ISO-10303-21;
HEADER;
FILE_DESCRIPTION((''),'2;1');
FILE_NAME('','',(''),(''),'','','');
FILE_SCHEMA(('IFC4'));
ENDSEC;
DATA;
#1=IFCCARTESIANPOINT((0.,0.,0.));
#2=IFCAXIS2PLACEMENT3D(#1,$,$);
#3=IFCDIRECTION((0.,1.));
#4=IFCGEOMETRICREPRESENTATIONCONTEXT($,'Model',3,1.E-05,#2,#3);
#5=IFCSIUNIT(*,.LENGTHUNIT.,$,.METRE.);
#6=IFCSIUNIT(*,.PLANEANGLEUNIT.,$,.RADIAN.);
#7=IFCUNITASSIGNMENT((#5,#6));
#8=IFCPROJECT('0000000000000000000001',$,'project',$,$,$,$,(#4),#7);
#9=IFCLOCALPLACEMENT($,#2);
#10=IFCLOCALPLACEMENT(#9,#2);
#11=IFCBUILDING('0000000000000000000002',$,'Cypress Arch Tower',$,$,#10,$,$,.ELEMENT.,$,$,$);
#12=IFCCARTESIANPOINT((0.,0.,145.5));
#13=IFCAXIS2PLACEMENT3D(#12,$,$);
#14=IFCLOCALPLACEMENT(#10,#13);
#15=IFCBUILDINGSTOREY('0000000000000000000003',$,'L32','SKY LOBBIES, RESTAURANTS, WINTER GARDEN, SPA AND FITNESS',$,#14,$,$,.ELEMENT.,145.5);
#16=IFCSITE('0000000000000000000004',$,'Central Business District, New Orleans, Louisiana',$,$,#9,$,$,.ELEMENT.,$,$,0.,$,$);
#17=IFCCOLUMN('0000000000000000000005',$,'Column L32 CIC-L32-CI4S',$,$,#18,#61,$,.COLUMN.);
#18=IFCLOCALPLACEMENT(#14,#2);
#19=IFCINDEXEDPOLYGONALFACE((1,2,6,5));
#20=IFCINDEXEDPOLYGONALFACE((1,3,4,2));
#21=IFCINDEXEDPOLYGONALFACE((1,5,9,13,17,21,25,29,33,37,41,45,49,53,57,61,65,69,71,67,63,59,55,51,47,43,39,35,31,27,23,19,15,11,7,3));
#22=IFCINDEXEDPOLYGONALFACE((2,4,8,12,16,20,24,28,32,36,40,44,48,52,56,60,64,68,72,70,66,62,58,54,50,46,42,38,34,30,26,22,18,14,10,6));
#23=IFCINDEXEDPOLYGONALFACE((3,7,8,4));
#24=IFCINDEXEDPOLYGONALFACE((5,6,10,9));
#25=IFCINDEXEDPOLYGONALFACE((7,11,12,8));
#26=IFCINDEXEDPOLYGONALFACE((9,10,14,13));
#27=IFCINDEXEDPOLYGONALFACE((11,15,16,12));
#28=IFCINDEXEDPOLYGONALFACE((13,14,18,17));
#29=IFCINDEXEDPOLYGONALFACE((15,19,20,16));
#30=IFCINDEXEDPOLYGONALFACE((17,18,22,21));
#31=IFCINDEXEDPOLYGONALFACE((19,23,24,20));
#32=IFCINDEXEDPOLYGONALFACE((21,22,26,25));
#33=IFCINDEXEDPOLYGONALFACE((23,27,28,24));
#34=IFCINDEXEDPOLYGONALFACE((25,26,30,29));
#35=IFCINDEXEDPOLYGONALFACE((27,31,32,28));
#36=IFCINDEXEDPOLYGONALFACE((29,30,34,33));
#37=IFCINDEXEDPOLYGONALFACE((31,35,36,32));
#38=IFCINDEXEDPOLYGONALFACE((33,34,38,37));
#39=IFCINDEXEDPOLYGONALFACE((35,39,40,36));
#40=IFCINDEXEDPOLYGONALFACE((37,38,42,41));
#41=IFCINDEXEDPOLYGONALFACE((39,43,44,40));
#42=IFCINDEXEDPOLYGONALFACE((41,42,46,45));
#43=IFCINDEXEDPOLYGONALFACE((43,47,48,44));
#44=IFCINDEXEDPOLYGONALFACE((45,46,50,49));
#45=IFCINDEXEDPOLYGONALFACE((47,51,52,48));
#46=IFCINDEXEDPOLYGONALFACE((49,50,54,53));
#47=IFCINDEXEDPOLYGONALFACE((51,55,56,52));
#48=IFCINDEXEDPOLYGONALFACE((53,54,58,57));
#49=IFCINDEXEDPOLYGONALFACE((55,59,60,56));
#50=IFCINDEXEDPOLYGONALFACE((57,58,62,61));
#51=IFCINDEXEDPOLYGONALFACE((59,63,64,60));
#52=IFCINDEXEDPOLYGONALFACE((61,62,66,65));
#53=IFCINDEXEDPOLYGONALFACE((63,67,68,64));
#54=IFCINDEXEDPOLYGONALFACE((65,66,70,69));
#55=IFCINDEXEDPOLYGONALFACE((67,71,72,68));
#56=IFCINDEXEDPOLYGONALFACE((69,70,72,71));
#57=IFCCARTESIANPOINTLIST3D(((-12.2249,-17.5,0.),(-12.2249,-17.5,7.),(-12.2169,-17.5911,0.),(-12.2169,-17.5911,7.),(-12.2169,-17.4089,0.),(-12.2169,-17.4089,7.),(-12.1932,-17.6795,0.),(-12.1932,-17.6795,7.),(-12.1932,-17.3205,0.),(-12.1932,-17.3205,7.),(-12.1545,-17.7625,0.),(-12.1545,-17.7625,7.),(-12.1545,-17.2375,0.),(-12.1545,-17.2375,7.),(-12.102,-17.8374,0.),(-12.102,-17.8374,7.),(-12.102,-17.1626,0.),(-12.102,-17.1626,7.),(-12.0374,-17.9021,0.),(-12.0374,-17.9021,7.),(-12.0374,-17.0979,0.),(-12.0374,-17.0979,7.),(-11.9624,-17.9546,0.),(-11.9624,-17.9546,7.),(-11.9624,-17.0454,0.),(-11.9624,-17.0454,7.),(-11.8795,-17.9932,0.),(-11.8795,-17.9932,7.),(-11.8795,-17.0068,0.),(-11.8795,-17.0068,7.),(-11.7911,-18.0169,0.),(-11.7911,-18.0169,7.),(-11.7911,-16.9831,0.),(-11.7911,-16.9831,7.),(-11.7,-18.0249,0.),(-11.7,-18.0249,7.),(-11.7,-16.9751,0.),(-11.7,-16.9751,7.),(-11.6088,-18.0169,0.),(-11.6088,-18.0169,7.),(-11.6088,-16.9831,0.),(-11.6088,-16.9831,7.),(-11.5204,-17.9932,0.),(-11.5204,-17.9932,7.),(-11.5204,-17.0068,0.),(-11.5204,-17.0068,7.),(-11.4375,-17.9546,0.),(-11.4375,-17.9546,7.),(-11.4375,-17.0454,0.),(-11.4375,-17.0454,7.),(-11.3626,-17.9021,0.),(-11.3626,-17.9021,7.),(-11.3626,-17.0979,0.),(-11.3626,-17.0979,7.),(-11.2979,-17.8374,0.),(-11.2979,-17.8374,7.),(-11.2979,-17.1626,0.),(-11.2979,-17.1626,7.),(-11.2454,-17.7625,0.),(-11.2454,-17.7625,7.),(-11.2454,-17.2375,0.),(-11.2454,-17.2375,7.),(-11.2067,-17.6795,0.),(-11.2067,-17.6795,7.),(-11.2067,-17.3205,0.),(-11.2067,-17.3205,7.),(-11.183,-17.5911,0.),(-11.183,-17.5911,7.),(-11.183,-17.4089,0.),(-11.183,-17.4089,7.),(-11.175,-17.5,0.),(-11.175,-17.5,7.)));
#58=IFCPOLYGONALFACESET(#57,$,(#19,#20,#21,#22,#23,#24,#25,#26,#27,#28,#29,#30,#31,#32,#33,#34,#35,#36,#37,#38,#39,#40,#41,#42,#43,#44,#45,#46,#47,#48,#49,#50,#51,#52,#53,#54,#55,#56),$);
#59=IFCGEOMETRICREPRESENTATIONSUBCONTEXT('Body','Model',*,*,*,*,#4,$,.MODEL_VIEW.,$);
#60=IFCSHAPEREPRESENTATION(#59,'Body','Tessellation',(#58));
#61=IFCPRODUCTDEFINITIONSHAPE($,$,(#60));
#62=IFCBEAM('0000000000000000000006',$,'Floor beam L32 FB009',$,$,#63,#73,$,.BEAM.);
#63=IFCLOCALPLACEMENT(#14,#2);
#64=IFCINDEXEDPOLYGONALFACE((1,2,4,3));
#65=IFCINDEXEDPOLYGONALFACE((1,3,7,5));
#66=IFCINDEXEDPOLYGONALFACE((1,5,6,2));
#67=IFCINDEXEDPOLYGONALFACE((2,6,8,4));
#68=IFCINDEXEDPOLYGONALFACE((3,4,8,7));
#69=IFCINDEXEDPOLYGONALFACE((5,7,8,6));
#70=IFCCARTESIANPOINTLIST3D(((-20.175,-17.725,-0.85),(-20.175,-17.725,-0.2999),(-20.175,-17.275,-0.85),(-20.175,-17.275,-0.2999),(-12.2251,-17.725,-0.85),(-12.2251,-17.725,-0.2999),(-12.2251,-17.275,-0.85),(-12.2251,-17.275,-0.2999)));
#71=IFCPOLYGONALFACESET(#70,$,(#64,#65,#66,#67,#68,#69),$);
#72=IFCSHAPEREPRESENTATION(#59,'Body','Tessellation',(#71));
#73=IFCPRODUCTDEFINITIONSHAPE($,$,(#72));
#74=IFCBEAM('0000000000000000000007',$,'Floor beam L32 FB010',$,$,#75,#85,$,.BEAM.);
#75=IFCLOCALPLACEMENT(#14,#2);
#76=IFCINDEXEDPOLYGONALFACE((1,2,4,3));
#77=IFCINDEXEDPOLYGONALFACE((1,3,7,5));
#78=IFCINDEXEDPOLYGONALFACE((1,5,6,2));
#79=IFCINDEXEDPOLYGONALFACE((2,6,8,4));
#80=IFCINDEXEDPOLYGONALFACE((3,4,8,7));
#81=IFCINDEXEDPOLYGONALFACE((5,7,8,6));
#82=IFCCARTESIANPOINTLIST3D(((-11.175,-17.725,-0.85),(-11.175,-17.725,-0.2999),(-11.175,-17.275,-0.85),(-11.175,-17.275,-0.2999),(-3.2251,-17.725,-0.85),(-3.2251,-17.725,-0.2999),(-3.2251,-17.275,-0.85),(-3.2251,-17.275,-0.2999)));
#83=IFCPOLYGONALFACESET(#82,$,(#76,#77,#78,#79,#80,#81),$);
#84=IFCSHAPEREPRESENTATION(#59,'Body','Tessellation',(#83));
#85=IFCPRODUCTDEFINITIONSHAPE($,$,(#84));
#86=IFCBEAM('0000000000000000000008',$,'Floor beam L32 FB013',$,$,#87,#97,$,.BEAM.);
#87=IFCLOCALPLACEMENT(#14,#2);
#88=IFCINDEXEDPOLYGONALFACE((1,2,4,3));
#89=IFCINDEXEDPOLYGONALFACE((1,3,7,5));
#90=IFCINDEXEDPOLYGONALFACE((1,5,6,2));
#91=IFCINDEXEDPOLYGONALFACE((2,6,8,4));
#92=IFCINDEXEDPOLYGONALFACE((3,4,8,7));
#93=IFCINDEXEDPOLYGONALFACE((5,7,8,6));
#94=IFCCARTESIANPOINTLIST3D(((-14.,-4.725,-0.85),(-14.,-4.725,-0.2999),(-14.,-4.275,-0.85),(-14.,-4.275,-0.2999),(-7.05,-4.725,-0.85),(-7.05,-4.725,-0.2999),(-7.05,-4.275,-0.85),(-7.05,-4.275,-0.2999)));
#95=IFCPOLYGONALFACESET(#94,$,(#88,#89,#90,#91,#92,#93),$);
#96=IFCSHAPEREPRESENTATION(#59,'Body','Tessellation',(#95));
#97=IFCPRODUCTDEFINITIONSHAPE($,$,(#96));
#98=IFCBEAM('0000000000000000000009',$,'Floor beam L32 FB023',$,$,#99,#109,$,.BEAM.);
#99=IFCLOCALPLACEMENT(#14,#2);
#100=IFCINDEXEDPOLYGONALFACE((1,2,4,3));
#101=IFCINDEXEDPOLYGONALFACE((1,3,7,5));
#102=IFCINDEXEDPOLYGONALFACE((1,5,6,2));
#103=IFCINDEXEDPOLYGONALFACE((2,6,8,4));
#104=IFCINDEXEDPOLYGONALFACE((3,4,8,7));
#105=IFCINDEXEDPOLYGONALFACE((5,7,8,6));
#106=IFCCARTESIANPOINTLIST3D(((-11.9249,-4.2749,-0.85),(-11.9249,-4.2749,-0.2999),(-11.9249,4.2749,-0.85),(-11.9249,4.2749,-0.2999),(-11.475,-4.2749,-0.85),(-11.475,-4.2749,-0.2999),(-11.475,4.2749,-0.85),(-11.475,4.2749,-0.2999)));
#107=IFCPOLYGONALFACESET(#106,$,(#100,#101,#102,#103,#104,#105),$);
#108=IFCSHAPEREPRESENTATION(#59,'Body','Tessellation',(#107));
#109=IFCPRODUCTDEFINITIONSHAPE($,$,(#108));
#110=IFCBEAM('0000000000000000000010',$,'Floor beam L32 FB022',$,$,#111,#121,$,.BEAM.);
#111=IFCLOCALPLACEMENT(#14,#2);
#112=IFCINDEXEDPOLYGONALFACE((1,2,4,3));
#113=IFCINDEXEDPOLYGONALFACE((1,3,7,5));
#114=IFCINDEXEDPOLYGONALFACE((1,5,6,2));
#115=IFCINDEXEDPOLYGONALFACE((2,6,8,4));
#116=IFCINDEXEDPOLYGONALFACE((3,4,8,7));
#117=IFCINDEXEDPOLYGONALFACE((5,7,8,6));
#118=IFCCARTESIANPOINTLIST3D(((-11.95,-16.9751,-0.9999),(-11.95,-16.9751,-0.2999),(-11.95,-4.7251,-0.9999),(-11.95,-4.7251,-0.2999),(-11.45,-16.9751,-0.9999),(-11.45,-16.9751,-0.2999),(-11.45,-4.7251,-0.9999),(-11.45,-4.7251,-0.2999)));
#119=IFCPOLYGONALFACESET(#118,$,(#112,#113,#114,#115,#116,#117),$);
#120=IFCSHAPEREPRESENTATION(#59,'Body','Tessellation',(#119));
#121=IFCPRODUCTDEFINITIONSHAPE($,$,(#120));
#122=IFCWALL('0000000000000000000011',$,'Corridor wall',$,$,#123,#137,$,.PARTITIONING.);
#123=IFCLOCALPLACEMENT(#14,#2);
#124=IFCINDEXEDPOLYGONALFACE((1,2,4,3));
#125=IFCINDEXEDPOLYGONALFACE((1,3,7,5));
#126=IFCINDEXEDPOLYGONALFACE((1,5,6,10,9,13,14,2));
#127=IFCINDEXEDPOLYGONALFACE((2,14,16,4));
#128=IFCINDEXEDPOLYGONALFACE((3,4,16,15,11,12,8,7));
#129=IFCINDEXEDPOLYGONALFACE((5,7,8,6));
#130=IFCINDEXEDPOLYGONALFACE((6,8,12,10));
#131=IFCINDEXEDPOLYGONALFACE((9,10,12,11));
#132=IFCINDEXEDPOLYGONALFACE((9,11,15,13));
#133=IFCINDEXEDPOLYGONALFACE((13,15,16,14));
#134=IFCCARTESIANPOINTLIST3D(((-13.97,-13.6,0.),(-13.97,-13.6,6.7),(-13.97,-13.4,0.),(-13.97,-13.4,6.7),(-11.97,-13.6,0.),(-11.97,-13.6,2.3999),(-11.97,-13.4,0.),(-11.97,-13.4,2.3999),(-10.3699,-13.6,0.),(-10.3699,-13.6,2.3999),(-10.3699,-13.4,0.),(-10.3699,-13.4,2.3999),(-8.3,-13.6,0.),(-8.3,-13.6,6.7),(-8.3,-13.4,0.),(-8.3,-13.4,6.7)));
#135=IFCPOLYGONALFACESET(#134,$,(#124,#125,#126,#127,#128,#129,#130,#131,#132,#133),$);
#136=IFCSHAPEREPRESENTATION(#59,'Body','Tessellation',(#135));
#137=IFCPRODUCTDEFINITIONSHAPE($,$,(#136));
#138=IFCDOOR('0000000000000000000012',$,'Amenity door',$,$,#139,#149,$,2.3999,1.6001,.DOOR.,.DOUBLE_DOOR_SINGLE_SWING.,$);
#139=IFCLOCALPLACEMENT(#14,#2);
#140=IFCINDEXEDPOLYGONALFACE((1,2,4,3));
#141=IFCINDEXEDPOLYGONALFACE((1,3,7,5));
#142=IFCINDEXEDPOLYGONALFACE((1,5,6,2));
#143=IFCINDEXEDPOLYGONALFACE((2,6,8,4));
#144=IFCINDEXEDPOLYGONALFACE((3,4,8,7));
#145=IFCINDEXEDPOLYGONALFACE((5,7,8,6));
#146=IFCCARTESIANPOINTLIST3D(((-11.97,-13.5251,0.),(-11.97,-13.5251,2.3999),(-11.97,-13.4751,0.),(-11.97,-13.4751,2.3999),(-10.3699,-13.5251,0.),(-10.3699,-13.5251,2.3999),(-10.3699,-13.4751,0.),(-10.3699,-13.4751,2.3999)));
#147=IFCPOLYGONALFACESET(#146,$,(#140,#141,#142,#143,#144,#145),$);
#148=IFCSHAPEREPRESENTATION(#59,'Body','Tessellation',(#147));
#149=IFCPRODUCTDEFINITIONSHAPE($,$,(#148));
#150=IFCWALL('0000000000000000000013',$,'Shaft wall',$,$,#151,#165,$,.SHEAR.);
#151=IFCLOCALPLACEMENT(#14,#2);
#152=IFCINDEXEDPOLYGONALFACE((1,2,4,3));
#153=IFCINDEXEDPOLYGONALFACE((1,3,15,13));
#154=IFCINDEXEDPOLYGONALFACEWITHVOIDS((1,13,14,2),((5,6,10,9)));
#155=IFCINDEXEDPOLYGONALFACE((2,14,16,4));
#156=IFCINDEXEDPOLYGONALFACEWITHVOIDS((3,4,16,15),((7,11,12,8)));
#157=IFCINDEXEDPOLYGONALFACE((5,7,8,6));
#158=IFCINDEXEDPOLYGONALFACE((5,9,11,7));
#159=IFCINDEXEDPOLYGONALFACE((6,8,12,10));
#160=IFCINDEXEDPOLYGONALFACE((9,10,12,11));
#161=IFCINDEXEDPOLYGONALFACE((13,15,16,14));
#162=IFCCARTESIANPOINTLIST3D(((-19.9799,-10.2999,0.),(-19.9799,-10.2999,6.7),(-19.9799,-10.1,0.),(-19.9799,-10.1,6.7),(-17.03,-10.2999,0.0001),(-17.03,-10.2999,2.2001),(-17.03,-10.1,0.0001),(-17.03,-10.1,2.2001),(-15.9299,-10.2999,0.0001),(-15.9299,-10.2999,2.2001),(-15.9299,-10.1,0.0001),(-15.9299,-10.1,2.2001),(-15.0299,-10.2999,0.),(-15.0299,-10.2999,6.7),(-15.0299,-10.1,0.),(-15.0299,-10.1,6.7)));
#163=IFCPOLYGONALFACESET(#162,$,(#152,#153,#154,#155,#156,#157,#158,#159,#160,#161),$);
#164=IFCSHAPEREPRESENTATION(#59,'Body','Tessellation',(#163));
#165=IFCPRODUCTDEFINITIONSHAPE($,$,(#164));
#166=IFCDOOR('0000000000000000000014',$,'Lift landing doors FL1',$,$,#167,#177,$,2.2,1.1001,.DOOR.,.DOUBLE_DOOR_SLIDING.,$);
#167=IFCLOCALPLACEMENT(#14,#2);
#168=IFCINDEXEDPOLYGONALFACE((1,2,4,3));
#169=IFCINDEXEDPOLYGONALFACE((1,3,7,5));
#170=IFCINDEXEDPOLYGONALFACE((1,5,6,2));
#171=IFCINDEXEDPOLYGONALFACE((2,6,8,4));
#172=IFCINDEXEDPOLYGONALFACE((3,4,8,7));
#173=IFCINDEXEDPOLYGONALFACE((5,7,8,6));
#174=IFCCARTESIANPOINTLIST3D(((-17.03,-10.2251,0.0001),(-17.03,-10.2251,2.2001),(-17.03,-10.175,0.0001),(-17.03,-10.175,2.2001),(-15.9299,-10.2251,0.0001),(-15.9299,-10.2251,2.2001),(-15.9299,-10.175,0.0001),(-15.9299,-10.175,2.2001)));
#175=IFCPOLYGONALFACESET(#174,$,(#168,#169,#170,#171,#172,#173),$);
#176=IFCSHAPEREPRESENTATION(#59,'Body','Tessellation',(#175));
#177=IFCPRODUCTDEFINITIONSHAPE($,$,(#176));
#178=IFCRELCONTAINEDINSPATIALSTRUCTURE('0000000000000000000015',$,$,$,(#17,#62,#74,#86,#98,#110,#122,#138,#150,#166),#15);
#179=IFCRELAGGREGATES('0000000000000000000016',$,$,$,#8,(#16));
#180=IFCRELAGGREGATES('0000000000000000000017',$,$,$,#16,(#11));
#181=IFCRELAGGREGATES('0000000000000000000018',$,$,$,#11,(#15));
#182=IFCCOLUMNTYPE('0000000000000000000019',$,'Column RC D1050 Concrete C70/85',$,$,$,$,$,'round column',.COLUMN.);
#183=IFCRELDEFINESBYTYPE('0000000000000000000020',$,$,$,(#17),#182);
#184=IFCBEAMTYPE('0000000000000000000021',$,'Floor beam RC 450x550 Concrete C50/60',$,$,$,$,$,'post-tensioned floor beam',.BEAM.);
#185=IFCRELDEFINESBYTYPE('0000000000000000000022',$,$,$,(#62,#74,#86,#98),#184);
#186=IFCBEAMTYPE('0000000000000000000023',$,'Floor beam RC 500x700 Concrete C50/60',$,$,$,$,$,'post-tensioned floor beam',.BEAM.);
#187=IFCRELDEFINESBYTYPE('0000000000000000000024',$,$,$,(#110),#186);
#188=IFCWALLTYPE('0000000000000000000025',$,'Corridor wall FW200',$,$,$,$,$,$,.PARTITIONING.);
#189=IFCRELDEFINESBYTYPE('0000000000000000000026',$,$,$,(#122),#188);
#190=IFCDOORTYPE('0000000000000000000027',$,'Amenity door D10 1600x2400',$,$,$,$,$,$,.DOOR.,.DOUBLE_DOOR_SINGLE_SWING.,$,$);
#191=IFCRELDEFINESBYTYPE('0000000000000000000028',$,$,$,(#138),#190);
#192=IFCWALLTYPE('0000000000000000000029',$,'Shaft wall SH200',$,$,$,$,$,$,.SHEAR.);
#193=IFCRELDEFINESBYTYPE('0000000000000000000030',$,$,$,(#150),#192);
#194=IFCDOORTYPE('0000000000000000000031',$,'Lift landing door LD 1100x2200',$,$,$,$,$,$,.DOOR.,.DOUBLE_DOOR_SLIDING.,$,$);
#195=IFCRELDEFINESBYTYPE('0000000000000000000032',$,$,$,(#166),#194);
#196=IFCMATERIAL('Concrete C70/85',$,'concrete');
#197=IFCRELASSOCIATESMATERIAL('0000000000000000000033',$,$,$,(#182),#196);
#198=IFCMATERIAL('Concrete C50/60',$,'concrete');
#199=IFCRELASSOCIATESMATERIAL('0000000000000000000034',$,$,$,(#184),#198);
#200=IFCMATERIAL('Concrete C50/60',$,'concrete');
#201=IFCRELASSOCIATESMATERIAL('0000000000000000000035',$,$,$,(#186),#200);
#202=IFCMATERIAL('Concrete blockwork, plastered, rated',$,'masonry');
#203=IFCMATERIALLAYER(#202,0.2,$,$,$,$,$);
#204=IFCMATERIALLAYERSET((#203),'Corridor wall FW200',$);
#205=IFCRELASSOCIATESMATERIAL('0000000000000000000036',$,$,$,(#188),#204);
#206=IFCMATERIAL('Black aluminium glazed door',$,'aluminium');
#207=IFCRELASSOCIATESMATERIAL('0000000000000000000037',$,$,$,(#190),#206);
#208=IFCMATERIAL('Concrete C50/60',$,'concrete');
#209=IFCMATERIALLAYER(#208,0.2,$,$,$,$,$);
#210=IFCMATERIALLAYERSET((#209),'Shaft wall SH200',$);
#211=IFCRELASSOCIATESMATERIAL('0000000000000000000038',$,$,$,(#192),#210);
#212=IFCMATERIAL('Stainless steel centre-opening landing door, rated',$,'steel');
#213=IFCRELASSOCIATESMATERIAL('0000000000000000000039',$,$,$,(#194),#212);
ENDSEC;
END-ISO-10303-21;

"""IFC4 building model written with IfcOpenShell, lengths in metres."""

from ifc_helpers import new_model, si_unit, direction, frame, frame_2d, origin, origin_2d, place, context, subcontext, project, spatial, rectangle, circle, extrude, material, layer, layer_set, material_profile, profile_set, type_object, element, fill, save


model = new_model("IFC4")

# Units and contexts
model_context = context("Model", 3, precision=1e-05, world=origin(), true_north=direction((0.0, 1.0)))
body_context = subcontext(model_context, "Body", "Model", "MODEL_VIEW")
ifc_project = project(units=[si_unit("LENGTHUNIT", "METRE"), si_unit("PLANEANGLEUNIT", "RADIAN")], contexts=[model_context])

# Site, building, storey
site_placement = place(None, origin())
site = spatial("IfcSite", under=ifc_project, at=site_placement, Name="Central Business District, New Orleans, Louisiana", CompositionType="ELEMENT", RefElevation=0.0)
building_placement = place(site_placement, origin())
building = spatial("IfcBuilding", under=site, at=building_placement, Name="Cypress Arch Tower", CompositionType="ELEMENT")
storey_placement = place(building_placement, frame((0.0, 0.0, 145.5)))
storey = spatial("IfcBuildingStorey", under=building, at=storey_placement, Name="L32", Description="SKY LOBBIES, RESTAURANTS, WINTER GARDEN, SPA AND FITNESS", CompositionType="ELEMENT", Elevation=145.5)

# Column
ifc_material_1 = material(Name="Concrete C70/85", Category="concrete")
ifc_material_profile_1 = material_profile(ifc_material_1, circle(Radius=0.5249, at=origin_2d()), Name="RC D1050")
ifc_profile_set_1 = profile_set([ifc_material_profile_1], Name="Concrete C70/85")
column_type = type_object("IfcColumnType", Name="Column RC D1050 Concrete C70/85", ElementType="round column", PredefinedType="COLUMN", material=ifc_profile_set_1)
column_placement = place(storey_placement, frame((-11.7, -17.5, 0.0), z_axis=(0.0, 0.0, 1.0), x_axis=(1.0, 0.0, 0.0)))
element("IfcColumn", 1, at=column_placement, inside=storey, type_object=column_type, Name="Column L32 CIC-L32-CI4S", PredefinedType="COLUMN", context=body_context, shape_type="SweptSolid", body=[
    extrude(circle(Radius=0.5249, at=origin_2d()), origin(), (0.0, 0.0, 1.0), 7.0),
])

# Beams
ifc_material_2 = material(Name="Concrete C50/60", Category="concrete")
ifc_material_profile_2 = material_profile(ifc_material_2, rectangle(XDim=0.45, YDim=0.55, at=origin_2d()), Name="RC 450x550")
ifc_profile_set_2 = profile_set([ifc_material_profile_2], Name="Concrete C50/60")
beam_type_1 = type_object("IfcBeamType", Name="Floor beam RC 450x550 Concrete C50/60", ElementType="post-tensioned floor beam", PredefinedType="BEAM", material=ifc_profile_set_2)
for number, where, z_axis, x_axis, name in (
    (2, (-20.175, -17.5, -0.575), (1.0, 0.0, 0.0), (0.0, 1.0, 0.0), "Floor beam L32 FB009"),
    (3, (-11.175, -17.5, -0.575), (1.0, 0.0, 0.0), (0.0, 1.0, 0.0), "Floor beam L32 FB010"),
):
    element("IfcBeam", number, at=place(storey_placement, frame(where, z_axis=z_axis, x_axis=x_axis)), inside=storey, type_object=beam_type_1, Name=name, PredefinedType="BEAM", context=body_context, shape_type="SweptSolid", body=[
        extrude(rectangle(XDim=0.45, YDim=0.55, at=origin_2d()), origin(), (0.0, 0.0, 1.0), 7.95),
    ])
beam_1_placement = place(storey_placement, frame((-14.0, -4.5, -0.575), z_axis=(1.0, 0.0, 0.0), x_axis=(0.0, 1.0, 0.0)))
element("IfcBeam", 4, at=beam_1_placement, inside=storey, type_object=beam_type_1, Name="Floor beam L32 FB013", PredefinedType="BEAM", context=body_context, shape_type="SweptSolid", body=[
    extrude(rectangle(XDim=0.45, YDim=0.55, at=origin_2d()), origin(), (0.0, 0.0, 1.0), 6.95),
])
beam_2_placement = place(storey_placement, frame((-11.7, -4.2749, -0.575), z_axis=(0.0, 1.0, 0.0), x_axis=(-1.0, 0.0, 0.0)))
element("IfcBeam", 5, at=beam_2_placement, inside=storey, type_object=beam_type_1, Name="Floor beam L32 FB023", PredefinedType="BEAM", context=body_context, shape_type="SweptSolid", body=[
    extrude(rectangle(XDim=0.45, YDim=0.55, at=origin_2d()), origin(), (0.0, 0.0, 1.0), 8.5498),
])
ifc_material_3 = material(Name="Concrete C50/60", Category="concrete")
ifc_material_profile_3 = material_profile(ifc_material_3, rectangle(XDim=0.5, YDim=0.7, at=origin_2d()), Name="RC 500x700")
ifc_profile_set_3 = profile_set([ifc_material_profile_3], Name="Concrete C50/60")
beam_type_2 = type_object("IfcBeamType", Name="Floor beam RC 500x700 Concrete C50/60", ElementType="post-tensioned floor beam", PredefinedType="BEAM", material=ifc_profile_set_3)
beam_3_placement = place(storey_placement, frame((-11.7, -16.9751, -0.6499), z_axis=(0.0, 1.0, 0.0), x_axis=(-1.0, 0.0, 0.0)))
element("IfcBeam", 6, at=beam_3_placement, inside=storey, type_object=beam_type_2, Name="Floor beam L32 FB022", PredefinedType="BEAM", context=body_context, shape_type="SweptSolid", body=[
    extrude(rectangle(XDim=0.5, YDim=0.7, at=origin_2d()), origin(), (0.0, 0.0, 1.0), 12.25),
])

# Walls, openings, doors
ifc_material_4 = material(Name="Concrete blockwork, plastered, rated", Category="masonry")
ifc_layer_1 = layer(ifc_material_4, 0.2)
ifc_layer_set_1 = layer_set([ifc_layer_1], Name="Corridor wall FW200")
wall_type_1 = type_object("IfcWallType", Name="Corridor wall FW200", PredefinedType="PARTITIONING", material=ifc_layer_set_1)
wall_1_placement = place(storey_placement, frame((-13.97, -13.5, 0.0), z_axis=(0.0, 0.0, 1.0), x_axis=(1.0, 0.0, 0.0)))
wall_1 = element("IfcWall", 7, at=wall_1_placement, inside=storey, type_object=wall_type_1, Name="Corridor wall", PredefinedType="PARTITIONING", context=body_context, shape_type="SweptSolid", body=[
    extrude(rectangle(XDim=5.6699, YDim=0.2, at=frame_2d((2.835, 0.0))), origin(), (0.0, 0.0, 1.0), 6.7),
])
opening_1_placement = place(wall_1_placement, frame((2.0, 0.0, 0.0)))
opening_1 = element("IfcOpeningElement", 8, at=opening_1_placement, cuts=wall_1, PredefinedType="OPENING", context=body_context, shape_type="SweptSolid", body=[
    extrude(rectangle(XDim=1.6001, YDim=2.3999, at=frame_2d((0.8, 1.2))), frame((0.0, 0.1099, 0.0), z_axis=(0.0, -1.0, 0.0), x_axis=(1.0, 0.0, 0.0)), (0.0, 0.0, 1.0), 0.22),
])
ifc_material_5 = material(Name="Black aluminium glazed door", Category="aluminium")
door_type_1 = type_object("IfcDoorType", Name="Amenity door D10 1600x2400", OperationType="DOUBLE_DOOR_SINGLE_SWING", PredefinedType="DOOR", material=ifc_material_5)
door_1_placement = place(opening_1_placement, origin())
door_1 = element("IfcDoor", 9, at=door_1_placement, inside=storey, type_object=door_type_1, Name="Amenity door", OperationType="DOUBLE_DOOR_SINGLE_SWING", OverallHeight=2.3999, OverallWidth=1.6001, PredefinedType="DOOR", context=body_context, shape_type="SweptSolid", body=[
    extrude(rectangle(XDim=1.6001, YDim=2.3999, at=frame_2d((0.8, 1.2))), frame((0.0, 0.0249, 0.0), z_axis=(0.0, -1.0, 0.0), x_axis=(1.0, 0.0, 0.0)), (0.0, 0.0, 1.0), 0.05),
])
fill(opening_1, door_1)
ifc_material_6 = material(Name="Concrete C50/60", Category="concrete")
ifc_layer_2 = layer(ifc_material_6, 0.2)
ifc_layer_set_2 = layer_set([ifc_layer_2], Name="Shaft wall SH200")
wall_type_2 = type_object("IfcWallType", Name="Shaft wall SH200", PredefinedType="SHEAR", material=ifc_layer_set_2)
wall_2_placement = place(storey_placement, frame((-19.98, -10.2, 0.0), z_axis=(0.0, 0.0, 1.0), x_axis=(1.0, 0.0, 0.0)))
wall_2 = element("IfcWall", 10, at=wall_2_placement, inside=storey, type_object=wall_type_2, Name="Shaft wall", PredefinedType="SHEAR", context=body_context, shape_type="SweptSolid", body=[
    extrude(rectangle(XDim=4.95, YDim=0.2, at=frame_2d((2.4751, 0.0))), origin(), (0.0, 0.0, 1.0), 6.7),
])
opening_2_placement = place(wall_2_placement, frame((2.95, 0.0, 0.0)))
opening_2 = element("IfcOpeningElement", 11, at=opening_2_placement, cuts=wall_2, PredefinedType="OPENING", context=body_context, shape_type="SweptSolid", body=[
    extrude(rectangle(XDim=1.1001, YDim=2.2, at=frame_2d((0.55, 1.1001))), frame((0.0, 0.1099, 0.0), z_axis=(0.0, -1.0, 0.0), x_axis=(1.0, 0.0, 0.0)), (0.0, 0.0, 1.0), 0.22),
])
ifc_material_7 = material(Name="Stainless steel centre-opening landing door, rated", Category="steel")
door_type_2 = type_object("IfcDoorType", Name="Lift landing door LD 1100x2200", OperationType="DOUBLE_DOOR_SLIDING", PredefinedType="DOOR", material=ifc_material_7)
door_2_placement = place(opening_2_placement, origin())
door_2 = element("IfcDoor", 12, at=door_2_placement, inside=storey, type_object=door_type_2, Name="Lift landing doors FL1", OperationType="DOUBLE_DOOR_SLIDING", OverallHeight=2.2, OverallWidth=1.1001, PredefinedType="DOOR", context=body_context, shape_type="SweptSolid", body=[
    extrude(rectangle(XDim=1.1001, YDim=2.2, at=frame_2d((0.55, 1.1001))), frame((0.0, 0.0249, 0.0), z_axis=(0.0, -1.0, 0.0), x_axis=(1.0, 0.0, 0.0)), (0.0, 0.0, 1.0), 0.05),
])
fill(opening_2, door_2)

save(model, "model.ifc")
